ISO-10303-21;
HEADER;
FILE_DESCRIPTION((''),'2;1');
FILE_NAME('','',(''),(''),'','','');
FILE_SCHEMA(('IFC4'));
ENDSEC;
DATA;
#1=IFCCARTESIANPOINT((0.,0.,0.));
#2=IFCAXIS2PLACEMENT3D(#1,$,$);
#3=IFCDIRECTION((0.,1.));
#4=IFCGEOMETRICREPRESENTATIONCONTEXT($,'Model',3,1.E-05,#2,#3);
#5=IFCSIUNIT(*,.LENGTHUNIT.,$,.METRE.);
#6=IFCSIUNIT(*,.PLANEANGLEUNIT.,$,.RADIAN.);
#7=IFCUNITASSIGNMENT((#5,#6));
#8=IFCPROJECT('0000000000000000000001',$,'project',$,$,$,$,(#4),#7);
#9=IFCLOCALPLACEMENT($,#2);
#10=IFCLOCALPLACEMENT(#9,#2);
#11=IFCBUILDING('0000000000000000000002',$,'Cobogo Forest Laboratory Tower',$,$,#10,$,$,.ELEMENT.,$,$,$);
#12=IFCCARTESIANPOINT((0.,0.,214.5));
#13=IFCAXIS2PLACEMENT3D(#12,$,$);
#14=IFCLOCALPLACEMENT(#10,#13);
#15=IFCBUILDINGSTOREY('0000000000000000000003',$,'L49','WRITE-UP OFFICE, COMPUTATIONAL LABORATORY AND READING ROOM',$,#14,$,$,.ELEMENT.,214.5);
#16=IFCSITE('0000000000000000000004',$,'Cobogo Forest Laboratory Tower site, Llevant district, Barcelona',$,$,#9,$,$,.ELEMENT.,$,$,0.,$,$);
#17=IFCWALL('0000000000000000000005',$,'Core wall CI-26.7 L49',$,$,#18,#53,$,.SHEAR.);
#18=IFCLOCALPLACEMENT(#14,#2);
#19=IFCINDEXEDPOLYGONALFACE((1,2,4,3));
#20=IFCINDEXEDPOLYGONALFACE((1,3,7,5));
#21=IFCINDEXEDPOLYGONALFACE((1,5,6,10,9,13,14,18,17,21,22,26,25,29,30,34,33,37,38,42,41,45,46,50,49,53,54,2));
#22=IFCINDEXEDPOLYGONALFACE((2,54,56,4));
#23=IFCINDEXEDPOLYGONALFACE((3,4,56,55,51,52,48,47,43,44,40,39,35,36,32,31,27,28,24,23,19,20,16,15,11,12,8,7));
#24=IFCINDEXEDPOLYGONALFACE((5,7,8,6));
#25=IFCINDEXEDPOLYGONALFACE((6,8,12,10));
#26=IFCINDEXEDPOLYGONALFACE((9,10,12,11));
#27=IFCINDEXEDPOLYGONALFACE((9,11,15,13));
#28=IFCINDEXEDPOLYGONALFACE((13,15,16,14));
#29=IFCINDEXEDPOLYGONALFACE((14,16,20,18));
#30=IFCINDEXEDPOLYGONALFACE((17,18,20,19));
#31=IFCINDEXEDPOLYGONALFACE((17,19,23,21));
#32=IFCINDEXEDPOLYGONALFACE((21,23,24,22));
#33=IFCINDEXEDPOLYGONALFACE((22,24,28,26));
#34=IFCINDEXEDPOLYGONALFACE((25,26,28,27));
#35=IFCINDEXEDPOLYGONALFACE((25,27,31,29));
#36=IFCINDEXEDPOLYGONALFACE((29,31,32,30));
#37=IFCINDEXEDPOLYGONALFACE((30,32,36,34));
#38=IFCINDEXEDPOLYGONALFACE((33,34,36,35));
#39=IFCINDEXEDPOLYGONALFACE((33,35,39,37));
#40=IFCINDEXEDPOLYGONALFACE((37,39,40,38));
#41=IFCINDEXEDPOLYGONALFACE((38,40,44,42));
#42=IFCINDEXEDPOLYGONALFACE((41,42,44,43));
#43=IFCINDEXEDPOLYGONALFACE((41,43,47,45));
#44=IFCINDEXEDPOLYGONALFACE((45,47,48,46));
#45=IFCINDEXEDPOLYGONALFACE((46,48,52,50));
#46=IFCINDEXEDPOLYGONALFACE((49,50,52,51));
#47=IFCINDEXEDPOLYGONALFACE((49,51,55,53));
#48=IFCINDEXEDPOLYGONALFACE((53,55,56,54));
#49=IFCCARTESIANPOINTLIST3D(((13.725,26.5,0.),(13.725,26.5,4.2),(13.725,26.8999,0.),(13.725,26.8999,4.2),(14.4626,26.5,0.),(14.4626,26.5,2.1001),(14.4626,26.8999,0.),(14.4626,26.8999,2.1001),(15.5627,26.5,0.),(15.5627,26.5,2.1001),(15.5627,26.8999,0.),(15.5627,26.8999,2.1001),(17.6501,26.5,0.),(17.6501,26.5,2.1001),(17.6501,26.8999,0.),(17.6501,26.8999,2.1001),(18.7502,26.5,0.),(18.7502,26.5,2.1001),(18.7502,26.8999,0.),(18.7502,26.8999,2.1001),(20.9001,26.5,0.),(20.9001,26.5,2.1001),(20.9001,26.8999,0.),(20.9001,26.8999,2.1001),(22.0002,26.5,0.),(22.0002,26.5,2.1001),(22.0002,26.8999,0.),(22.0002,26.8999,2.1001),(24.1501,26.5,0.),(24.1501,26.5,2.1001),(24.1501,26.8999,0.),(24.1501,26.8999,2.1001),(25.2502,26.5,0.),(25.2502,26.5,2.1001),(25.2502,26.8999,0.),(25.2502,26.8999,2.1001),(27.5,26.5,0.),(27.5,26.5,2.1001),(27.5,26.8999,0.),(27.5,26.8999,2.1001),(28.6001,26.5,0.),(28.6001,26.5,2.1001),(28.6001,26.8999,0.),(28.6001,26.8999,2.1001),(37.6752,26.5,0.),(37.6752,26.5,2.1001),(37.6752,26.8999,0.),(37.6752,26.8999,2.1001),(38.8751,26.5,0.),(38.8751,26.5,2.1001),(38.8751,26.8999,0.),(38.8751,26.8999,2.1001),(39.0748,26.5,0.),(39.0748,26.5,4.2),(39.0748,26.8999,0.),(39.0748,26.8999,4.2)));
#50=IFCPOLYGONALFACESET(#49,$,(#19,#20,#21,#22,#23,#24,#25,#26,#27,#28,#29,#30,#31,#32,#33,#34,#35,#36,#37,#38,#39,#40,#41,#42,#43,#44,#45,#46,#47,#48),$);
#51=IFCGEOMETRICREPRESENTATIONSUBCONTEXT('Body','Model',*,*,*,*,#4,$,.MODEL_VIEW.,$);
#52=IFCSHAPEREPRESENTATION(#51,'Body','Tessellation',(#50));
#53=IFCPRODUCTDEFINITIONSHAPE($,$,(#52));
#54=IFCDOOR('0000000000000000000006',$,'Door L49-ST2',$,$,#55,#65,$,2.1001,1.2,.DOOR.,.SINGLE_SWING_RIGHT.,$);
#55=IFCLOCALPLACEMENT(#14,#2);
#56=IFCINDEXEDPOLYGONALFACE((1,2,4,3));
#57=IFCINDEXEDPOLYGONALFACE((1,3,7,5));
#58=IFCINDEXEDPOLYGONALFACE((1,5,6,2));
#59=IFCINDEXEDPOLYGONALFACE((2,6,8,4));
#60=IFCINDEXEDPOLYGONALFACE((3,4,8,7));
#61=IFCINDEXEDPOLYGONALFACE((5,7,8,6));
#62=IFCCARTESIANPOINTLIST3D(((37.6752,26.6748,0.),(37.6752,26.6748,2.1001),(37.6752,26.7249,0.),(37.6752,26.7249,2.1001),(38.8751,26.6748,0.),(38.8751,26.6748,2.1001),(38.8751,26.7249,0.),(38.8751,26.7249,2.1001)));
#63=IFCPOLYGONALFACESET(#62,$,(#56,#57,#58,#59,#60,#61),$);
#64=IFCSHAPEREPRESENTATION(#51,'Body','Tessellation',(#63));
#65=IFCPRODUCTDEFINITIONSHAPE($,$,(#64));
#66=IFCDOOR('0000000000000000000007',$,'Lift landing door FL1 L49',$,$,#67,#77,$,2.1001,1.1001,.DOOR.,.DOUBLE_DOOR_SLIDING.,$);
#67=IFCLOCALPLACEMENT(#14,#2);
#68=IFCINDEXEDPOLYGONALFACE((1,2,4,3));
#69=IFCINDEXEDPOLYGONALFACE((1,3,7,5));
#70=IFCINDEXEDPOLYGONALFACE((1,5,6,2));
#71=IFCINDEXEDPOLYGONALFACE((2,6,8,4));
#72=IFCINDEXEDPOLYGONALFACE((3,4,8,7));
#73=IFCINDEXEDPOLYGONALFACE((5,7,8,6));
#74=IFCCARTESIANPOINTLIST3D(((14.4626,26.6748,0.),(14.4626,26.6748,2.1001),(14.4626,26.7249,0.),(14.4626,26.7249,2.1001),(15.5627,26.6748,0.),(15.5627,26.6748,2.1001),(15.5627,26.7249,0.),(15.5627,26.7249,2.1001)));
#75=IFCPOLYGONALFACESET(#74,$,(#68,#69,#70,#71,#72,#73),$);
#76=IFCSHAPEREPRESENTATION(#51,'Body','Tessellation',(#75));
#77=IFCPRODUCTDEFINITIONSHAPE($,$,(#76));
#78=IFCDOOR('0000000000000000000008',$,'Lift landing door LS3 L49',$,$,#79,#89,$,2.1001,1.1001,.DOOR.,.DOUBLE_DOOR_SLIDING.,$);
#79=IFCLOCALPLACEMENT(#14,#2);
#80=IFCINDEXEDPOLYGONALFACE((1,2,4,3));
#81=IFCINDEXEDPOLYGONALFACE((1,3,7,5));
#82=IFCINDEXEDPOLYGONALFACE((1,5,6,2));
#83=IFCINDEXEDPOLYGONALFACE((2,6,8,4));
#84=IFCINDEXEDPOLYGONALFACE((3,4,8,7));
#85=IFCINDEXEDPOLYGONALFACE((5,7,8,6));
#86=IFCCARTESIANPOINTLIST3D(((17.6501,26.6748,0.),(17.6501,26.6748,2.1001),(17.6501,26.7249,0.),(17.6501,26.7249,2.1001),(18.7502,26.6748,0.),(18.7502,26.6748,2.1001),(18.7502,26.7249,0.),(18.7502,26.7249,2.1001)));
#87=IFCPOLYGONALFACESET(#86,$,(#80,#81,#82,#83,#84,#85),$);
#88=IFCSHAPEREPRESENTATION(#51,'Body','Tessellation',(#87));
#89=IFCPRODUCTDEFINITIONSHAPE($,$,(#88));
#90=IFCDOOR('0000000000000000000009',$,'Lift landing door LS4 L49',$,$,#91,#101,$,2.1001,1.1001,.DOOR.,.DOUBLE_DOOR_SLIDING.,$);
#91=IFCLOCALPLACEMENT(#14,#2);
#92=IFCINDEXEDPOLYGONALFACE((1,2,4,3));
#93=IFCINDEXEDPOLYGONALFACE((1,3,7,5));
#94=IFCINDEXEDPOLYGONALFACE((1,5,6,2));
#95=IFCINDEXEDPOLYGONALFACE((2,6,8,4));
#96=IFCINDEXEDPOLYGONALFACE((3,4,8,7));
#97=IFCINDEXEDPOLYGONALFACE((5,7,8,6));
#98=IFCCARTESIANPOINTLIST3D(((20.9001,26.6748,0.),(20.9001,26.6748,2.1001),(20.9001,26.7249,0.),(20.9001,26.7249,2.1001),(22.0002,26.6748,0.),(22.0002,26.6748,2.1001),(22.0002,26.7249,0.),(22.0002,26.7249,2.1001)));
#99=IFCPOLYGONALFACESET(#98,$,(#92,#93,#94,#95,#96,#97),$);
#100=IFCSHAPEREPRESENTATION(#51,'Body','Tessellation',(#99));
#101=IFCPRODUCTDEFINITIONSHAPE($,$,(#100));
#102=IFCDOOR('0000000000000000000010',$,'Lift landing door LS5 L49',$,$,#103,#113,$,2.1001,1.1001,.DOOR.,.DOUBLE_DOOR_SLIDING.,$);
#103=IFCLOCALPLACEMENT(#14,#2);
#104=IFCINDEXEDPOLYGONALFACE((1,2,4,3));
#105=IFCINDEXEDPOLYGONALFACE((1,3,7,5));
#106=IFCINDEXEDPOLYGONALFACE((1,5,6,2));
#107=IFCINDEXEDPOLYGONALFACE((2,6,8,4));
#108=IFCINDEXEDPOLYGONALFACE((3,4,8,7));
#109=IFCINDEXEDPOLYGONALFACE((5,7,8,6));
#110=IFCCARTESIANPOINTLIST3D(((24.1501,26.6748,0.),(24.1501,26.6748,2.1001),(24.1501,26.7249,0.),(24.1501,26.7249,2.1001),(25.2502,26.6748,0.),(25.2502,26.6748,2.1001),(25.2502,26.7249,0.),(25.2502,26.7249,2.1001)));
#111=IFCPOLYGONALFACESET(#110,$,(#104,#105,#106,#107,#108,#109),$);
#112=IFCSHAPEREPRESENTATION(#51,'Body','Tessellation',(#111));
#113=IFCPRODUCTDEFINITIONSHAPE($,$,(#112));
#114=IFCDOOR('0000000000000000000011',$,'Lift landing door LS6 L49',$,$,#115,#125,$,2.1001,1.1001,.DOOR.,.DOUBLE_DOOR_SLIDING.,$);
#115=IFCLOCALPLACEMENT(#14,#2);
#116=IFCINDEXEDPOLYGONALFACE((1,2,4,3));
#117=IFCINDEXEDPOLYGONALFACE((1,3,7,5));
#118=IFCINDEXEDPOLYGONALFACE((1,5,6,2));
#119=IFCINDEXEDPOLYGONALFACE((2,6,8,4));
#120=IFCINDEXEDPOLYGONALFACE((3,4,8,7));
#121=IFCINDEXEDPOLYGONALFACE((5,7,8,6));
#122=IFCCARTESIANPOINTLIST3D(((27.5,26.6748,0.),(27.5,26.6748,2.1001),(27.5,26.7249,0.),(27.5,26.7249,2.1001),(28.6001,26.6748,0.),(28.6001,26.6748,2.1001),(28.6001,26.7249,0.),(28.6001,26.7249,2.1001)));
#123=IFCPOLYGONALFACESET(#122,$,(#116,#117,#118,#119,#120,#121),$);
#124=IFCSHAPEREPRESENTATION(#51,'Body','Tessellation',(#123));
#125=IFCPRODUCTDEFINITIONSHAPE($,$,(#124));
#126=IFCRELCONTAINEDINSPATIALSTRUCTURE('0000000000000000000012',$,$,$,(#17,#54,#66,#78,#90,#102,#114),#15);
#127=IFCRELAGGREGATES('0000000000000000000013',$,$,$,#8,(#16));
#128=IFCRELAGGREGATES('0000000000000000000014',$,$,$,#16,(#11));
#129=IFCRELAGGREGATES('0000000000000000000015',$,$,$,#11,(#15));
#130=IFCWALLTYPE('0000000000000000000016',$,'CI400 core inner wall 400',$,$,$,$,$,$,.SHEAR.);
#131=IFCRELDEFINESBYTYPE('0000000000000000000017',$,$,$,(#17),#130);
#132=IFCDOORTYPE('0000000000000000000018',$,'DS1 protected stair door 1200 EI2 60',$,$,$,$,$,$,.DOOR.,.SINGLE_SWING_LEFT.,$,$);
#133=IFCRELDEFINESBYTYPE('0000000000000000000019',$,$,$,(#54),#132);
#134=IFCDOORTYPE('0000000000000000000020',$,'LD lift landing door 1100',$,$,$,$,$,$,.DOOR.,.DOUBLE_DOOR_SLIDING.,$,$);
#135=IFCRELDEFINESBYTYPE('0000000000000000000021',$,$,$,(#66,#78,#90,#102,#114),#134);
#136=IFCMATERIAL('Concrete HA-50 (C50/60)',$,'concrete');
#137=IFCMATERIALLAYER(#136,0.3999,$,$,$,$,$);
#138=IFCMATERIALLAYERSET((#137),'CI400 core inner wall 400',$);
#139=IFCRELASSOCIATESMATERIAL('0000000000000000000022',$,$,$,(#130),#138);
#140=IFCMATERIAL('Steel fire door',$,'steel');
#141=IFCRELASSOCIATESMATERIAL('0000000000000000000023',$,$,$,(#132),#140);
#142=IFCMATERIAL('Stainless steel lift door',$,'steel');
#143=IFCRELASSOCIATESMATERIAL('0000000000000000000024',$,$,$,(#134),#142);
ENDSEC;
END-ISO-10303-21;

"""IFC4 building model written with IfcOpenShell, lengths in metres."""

from ifc_helpers import new_model, si_unit, direction, frame, frame_2d, origin, place, context, subcontext, project, spatial, rectangle, extrude, material, layer, layer_set, type_object, element, fill, save


model = new_model("IFC4")

# Units and contexts
model_context = context("Model", 3, precision=1e-05, world=origin(), true_north=direction((0.0, 1.0)))
body_context = subcontext(model_context, "Body", "Model", "MODEL_VIEW")
ifc_project = project(units=[si_unit("LENGTHUNIT", "METRE"), si_unit("PLANEANGLEUNIT", "RADIAN")], contexts=[model_context])

# Site, building, storey
site_placement = place(None, origin())
site = spatial("IfcSite", under=ifc_project, at=site_placement, Name="Cobogo Forest Laboratory Tower site, Llevant district, Barcelona", CompositionType="ELEMENT", RefElevation=0.0)
building_placement = place(site_placement, origin())
building = spatial("IfcBuilding", under=site, at=building_placement, Name="Cobogo Forest Laboratory Tower", CompositionType="ELEMENT")
storey_placement = place(building_placement, frame((0.0, 0.0, 214.5)))
storey = spatial("IfcBuildingStorey", under=building, at=storey_placement, Name="L49", Description="WRITE-UP OFFICE, COMPUTATIONAL LABORATORY AND READING ROOM", CompositionType="ELEMENT", Elevation=214.5)

# Shared definitions
ifc_material_1 = material(Name="Concrete HA-50 (C50/60)", Category="concrete")

# Wall, openings, doors
ifc_layer_1 = layer(ifc_material_1, 0.3999)
ifc_layer_set_1 = layer_set([ifc_layer_1], Name="CI400 core inner wall 400")
wall_type_1 = type_object("IfcWallType", Name="CI400 core inner wall 400", PredefinedType="SHEAR", material=ifc_layer_set_1)
wall_1_placement = place(storey_placement, frame((13.7251, 26.7, 0.0), z_axis=(0.0, 0.0, 1.0), x_axis=(1.0, 0.0, 0.0)))
wall_1 = element("IfcWall", 1, at=wall_1_placement, inside=storey, type_object=wall_type_1, Name="Core wall CI-26.7 L49", PredefinedType="SHEAR", context=body_context, shape_type="SweptSolid", body=[
    extrude(rectangle(XDim=25.3499, YDim=0.3999, at=frame_2d((12.6748, 0.0))), origin(), (0.0, 0.0, 1.0), 4.2),
])
opening_1_placement = place(wall_1_placement, frame((23.95, 0.0, 0.0)))
opening_1 = element("IfcOpeningElement", 2, at=opening_1_placement, cuts=wall_1, PredefinedType="OPENING", context=body_context, shape_type="SweptSolid", body=[
    extrude(rectangle(XDim=1.2, YDim=2.1001, at=frame_2d((0.6001, 1.05))), frame((0.0, 0.21, 0.0), z_axis=(0.0, -1.0, 0.0), x_axis=(1.0, 0.0, 0.0)), (0.0, 0.0, 1.0), 0.4199),
])
opening_2_placement = place(wall_1_placement, frame((0.7375, 0.0, 0.0)))
opening_2 = element("IfcOpeningElement", 3, at=opening_2_placement, cuts=wall_1, PredefinedType="OPENING", context=body_context, shape_type="SweptSolid", body=[
    extrude(rectangle(XDim=1.1001, YDim=2.1001, at=frame_2d((0.55, 1.05))), frame((0.0, 0.21, 0.0), z_axis=(0.0, -1.0, 0.0), x_axis=(1.0, 0.0, 0.0)), (0.0, 0.0, 1.0), 0.4199),
])
opening_3_placement = place(wall_1_placement, frame((3.925, 0.0, 0.0)))
opening_3 = element("IfcOpeningElement", 4, at=opening_3_placement, cuts=wall_1, PredefinedType="OPENING", context=body_context, shape_type="SweptSolid", body=[
    extrude(rectangle(XDim=1.1001, YDim=2.1001, at=frame_2d((0.55, 1.05))), frame((0.0, 0.21, 0.0), z_axis=(0.0, -1.0, 0.0), x_axis=(1.0, 0.0, 0.0)), (0.0, 0.0, 1.0), 0.4199),
])
opening_4_placement = place(wall_1_placement, frame((7.175, 0.0, 0.0)))
opening_4 = element("IfcOpeningElement", 5, at=opening_4_placement, cuts=wall_1, PredefinedType="OPENING", context=body_context, shape_type="SweptSolid", body=[
    extrude(rectangle(XDim=1.1001, YDim=2.1001, at=frame_2d((0.55, 1.05))), frame((0.0, 0.21, 0.0), z_axis=(0.0, -1.0, 0.0), x_axis=(1.0, 0.0, 0.0)), (0.0, 0.0, 1.0), 0.4199),
])
opening_5_placement = place(wall_1_placement, frame((10.425, 0.0, 0.0)))
opening_5 = element("IfcOpeningElement", 6, at=opening_5_placement, cuts=wall_1, PredefinedType="OPENING", context=body_context, shape_type="SweptSolid", body=[
    extrude(rectangle(XDim=1.1001, YDim=2.1001, at=frame_2d((0.55, 1.05))), frame((0.0, 0.21, 0.0), z_axis=(0.0, -1.0, 0.0), x_axis=(1.0, 0.0, 0.0)), (0.0, 0.0, 1.0), 0.4199),
])
opening_6_placement = place(wall_1_placement, frame((13.7749, 0.0, 0.0)))
opening_6 = element("IfcOpeningElement", 7, at=opening_6_placement, cuts=wall_1, PredefinedType="OPENING", context=body_context, shape_type="SweptSolid", body=[
    extrude(rectangle(XDim=1.1001, YDim=2.1001, at=frame_2d((0.55, 1.05))), frame((0.0, 0.21, 0.0), z_axis=(0.0, -1.0, 0.0), x_axis=(1.0, 0.0, 0.0)), (0.0, 0.0, 1.0), 0.4199),
])
ifc_material_2 = material(Name="Steel fire door", Category="steel")
door_type_1 = type_object("IfcDoorType", Name="DS1 protected stair door 1200 EI2 60", OperationType="SINGLE_SWING_LEFT", PredefinedType="DOOR", material=ifc_material_2)
door_1_placement = place(opening_1_placement, origin())
door_1 = element("IfcDoor", 8, at=door_1_placement, inside=storey, type_object=door_type_1, Name="Door L49-ST2", OperationType="SINGLE_SWING_RIGHT", OverallHeight=2.1001, OverallWidth=1.2, PredefinedType="DOOR", context=body_context, shape_type="SweptSolid", body=[
    extrude(rectangle(XDim=1.2, YDim=2.1001, at=frame_2d((0.6001, 1.05))), frame((0.0, 0.0249, 0.0), z_axis=(0.0, -1.0, 0.0), x_axis=(1.0, 0.0, 0.0)), (0.0, 0.0, 1.0), 0.05),
])
fill(opening_1, door_1)
ifc_material_3 = material(Name="Stainless steel lift door", Category="steel")
door_type_2 = type_object("IfcDoorType", Name="LD lift landing door 1100", OperationType="DOUBLE_DOOR_SLIDING", PredefinedType="DOOR", material=ifc_material_3)
door_2_placement = place(opening_2_placement, origin())
door_2 = element("IfcDoor", 9, at=door_2_placement, inside=storey, type_object=door_type_2, Name="Lift landing door FL1 L49", OperationType="DOUBLE_DOOR_SLIDING", OverallHeight=2.1001, OverallWidth=1.1001, PredefinedType="DOOR", context=body_context, shape_type="SweptSolid", body=[
    extrude(rectangle(XDim=1.1001, YDim=2.1001, at=frame_2d((0.55, 1.05))), frame((0.0, 0.0249, 0.0), z_axis=(0.0, -1.0, 0.0), x_axis=(1.0, 0.0, 0.0)), (0.0, 0.0, 1.0), 0.05),
])
fill(opening_2, door_2)
door_3_placement = place(opening_3_placement, origin())
door_3 = element("IfcDoor", 10, at=door_3_placement, inside=storey, type_object=door_type_2, Name="Lift landing door LS3 L49", OperationType="DOUBLE_DOOR_SLIDING", OverallHeight=2.1001, OverallWidth=1.1001, PredefinedType="DOOR", context=body_context, shape_type="SweptSolid", body=[
    extrude(rectangle(XDim=1.1001, YDim=2.1001, at=frame_2d((0.55, 1.05))), frame((0.0, 0.0249, 0.0), z_axis=(0.0, -1.0, 0.0), x_axis=(1.0, 0.0, 0.0)), (0.0, 0.0, 1.0), 0.05),
])
fill(opening_3, door_3)
door_4_placement = place(opening_4_placement, origin())
door_4 = element("IfcDoor", 11, at=door_4_placement, inside=storey, type_object=door_type_2, Name="Lift landing door LS4 L49", OperationType="DOUBLE_DOOR_SLIDING", OverallHeight=2.1001, OverallWidth=1.1001, PredefinedType="DOOR", context=body_context, shape_type="SweptSolid", body=[
    extrude(rectangle(XDim=1.1001, YDim=2.1001, at=frame_2d((0.55, 1.05))), frame((0.0, 0.0249, 0.0), z_axis=(0.0, -1.0, 0.0), x_axis=(1.0, 0.0, 0.0)), (0.0, 0.0, 1.0), 0.05),
])
fill(opening_4, door_4)
door_5_placement = place(opening_5_placement, origin())
door_5 = element("IfcDoor", 12, at=door_5_placement, inside=storey, type_object=door_type_2, Name="Lift landing door LS5 L49", OperationType="DOUBLE_DOOR_SLIDING", OverallHeight=2.1001, OverallWidth=1.1001, PredefinedType="DOOR", context=body_context, shape_type="SweptSolid", body=[
    extrude(rectangle(XDim=1.1001, YDim=2.1001, at=frame_2d((0.55, 1.05))), frame((0.0, 0.0249, 0.0), z_axis=(0.0, -1.0, 0.0), x_axis=(1.0, 0.0, 0.0)), (0.0, 0.0, 1.0), 0.05),
])
fill(opening_5, door_5)
door_6_placement = place(opening_6_placement, origin())
door_6 = element("IfcDoor", 13, at=door_6_placement, inside=storey, type_object=door_type_2, Name="Lift landing door LS6 L49", OperationType="DOUBLE_DOOR_SLIDING", OverallHeight=2.1001, OverallWidth=1.1001, PredefinedType="DOOR", context=body_context, shape_type="SweptSolid", body=[
    extrude(rectangle(XDim=1.1001, YDim=2.1001, at=frame_2d((0.55, 1.05))), frame((0.0, 0.0249, 0.0), z_axis=(0.0, -1.0, 0.0), x_axis=(1.0, 0.0, 0.0)), (0.0, 0.0, 1.0), 0.05),
])
fill(opening_6, door_6)

save(model, "model.ifc")
